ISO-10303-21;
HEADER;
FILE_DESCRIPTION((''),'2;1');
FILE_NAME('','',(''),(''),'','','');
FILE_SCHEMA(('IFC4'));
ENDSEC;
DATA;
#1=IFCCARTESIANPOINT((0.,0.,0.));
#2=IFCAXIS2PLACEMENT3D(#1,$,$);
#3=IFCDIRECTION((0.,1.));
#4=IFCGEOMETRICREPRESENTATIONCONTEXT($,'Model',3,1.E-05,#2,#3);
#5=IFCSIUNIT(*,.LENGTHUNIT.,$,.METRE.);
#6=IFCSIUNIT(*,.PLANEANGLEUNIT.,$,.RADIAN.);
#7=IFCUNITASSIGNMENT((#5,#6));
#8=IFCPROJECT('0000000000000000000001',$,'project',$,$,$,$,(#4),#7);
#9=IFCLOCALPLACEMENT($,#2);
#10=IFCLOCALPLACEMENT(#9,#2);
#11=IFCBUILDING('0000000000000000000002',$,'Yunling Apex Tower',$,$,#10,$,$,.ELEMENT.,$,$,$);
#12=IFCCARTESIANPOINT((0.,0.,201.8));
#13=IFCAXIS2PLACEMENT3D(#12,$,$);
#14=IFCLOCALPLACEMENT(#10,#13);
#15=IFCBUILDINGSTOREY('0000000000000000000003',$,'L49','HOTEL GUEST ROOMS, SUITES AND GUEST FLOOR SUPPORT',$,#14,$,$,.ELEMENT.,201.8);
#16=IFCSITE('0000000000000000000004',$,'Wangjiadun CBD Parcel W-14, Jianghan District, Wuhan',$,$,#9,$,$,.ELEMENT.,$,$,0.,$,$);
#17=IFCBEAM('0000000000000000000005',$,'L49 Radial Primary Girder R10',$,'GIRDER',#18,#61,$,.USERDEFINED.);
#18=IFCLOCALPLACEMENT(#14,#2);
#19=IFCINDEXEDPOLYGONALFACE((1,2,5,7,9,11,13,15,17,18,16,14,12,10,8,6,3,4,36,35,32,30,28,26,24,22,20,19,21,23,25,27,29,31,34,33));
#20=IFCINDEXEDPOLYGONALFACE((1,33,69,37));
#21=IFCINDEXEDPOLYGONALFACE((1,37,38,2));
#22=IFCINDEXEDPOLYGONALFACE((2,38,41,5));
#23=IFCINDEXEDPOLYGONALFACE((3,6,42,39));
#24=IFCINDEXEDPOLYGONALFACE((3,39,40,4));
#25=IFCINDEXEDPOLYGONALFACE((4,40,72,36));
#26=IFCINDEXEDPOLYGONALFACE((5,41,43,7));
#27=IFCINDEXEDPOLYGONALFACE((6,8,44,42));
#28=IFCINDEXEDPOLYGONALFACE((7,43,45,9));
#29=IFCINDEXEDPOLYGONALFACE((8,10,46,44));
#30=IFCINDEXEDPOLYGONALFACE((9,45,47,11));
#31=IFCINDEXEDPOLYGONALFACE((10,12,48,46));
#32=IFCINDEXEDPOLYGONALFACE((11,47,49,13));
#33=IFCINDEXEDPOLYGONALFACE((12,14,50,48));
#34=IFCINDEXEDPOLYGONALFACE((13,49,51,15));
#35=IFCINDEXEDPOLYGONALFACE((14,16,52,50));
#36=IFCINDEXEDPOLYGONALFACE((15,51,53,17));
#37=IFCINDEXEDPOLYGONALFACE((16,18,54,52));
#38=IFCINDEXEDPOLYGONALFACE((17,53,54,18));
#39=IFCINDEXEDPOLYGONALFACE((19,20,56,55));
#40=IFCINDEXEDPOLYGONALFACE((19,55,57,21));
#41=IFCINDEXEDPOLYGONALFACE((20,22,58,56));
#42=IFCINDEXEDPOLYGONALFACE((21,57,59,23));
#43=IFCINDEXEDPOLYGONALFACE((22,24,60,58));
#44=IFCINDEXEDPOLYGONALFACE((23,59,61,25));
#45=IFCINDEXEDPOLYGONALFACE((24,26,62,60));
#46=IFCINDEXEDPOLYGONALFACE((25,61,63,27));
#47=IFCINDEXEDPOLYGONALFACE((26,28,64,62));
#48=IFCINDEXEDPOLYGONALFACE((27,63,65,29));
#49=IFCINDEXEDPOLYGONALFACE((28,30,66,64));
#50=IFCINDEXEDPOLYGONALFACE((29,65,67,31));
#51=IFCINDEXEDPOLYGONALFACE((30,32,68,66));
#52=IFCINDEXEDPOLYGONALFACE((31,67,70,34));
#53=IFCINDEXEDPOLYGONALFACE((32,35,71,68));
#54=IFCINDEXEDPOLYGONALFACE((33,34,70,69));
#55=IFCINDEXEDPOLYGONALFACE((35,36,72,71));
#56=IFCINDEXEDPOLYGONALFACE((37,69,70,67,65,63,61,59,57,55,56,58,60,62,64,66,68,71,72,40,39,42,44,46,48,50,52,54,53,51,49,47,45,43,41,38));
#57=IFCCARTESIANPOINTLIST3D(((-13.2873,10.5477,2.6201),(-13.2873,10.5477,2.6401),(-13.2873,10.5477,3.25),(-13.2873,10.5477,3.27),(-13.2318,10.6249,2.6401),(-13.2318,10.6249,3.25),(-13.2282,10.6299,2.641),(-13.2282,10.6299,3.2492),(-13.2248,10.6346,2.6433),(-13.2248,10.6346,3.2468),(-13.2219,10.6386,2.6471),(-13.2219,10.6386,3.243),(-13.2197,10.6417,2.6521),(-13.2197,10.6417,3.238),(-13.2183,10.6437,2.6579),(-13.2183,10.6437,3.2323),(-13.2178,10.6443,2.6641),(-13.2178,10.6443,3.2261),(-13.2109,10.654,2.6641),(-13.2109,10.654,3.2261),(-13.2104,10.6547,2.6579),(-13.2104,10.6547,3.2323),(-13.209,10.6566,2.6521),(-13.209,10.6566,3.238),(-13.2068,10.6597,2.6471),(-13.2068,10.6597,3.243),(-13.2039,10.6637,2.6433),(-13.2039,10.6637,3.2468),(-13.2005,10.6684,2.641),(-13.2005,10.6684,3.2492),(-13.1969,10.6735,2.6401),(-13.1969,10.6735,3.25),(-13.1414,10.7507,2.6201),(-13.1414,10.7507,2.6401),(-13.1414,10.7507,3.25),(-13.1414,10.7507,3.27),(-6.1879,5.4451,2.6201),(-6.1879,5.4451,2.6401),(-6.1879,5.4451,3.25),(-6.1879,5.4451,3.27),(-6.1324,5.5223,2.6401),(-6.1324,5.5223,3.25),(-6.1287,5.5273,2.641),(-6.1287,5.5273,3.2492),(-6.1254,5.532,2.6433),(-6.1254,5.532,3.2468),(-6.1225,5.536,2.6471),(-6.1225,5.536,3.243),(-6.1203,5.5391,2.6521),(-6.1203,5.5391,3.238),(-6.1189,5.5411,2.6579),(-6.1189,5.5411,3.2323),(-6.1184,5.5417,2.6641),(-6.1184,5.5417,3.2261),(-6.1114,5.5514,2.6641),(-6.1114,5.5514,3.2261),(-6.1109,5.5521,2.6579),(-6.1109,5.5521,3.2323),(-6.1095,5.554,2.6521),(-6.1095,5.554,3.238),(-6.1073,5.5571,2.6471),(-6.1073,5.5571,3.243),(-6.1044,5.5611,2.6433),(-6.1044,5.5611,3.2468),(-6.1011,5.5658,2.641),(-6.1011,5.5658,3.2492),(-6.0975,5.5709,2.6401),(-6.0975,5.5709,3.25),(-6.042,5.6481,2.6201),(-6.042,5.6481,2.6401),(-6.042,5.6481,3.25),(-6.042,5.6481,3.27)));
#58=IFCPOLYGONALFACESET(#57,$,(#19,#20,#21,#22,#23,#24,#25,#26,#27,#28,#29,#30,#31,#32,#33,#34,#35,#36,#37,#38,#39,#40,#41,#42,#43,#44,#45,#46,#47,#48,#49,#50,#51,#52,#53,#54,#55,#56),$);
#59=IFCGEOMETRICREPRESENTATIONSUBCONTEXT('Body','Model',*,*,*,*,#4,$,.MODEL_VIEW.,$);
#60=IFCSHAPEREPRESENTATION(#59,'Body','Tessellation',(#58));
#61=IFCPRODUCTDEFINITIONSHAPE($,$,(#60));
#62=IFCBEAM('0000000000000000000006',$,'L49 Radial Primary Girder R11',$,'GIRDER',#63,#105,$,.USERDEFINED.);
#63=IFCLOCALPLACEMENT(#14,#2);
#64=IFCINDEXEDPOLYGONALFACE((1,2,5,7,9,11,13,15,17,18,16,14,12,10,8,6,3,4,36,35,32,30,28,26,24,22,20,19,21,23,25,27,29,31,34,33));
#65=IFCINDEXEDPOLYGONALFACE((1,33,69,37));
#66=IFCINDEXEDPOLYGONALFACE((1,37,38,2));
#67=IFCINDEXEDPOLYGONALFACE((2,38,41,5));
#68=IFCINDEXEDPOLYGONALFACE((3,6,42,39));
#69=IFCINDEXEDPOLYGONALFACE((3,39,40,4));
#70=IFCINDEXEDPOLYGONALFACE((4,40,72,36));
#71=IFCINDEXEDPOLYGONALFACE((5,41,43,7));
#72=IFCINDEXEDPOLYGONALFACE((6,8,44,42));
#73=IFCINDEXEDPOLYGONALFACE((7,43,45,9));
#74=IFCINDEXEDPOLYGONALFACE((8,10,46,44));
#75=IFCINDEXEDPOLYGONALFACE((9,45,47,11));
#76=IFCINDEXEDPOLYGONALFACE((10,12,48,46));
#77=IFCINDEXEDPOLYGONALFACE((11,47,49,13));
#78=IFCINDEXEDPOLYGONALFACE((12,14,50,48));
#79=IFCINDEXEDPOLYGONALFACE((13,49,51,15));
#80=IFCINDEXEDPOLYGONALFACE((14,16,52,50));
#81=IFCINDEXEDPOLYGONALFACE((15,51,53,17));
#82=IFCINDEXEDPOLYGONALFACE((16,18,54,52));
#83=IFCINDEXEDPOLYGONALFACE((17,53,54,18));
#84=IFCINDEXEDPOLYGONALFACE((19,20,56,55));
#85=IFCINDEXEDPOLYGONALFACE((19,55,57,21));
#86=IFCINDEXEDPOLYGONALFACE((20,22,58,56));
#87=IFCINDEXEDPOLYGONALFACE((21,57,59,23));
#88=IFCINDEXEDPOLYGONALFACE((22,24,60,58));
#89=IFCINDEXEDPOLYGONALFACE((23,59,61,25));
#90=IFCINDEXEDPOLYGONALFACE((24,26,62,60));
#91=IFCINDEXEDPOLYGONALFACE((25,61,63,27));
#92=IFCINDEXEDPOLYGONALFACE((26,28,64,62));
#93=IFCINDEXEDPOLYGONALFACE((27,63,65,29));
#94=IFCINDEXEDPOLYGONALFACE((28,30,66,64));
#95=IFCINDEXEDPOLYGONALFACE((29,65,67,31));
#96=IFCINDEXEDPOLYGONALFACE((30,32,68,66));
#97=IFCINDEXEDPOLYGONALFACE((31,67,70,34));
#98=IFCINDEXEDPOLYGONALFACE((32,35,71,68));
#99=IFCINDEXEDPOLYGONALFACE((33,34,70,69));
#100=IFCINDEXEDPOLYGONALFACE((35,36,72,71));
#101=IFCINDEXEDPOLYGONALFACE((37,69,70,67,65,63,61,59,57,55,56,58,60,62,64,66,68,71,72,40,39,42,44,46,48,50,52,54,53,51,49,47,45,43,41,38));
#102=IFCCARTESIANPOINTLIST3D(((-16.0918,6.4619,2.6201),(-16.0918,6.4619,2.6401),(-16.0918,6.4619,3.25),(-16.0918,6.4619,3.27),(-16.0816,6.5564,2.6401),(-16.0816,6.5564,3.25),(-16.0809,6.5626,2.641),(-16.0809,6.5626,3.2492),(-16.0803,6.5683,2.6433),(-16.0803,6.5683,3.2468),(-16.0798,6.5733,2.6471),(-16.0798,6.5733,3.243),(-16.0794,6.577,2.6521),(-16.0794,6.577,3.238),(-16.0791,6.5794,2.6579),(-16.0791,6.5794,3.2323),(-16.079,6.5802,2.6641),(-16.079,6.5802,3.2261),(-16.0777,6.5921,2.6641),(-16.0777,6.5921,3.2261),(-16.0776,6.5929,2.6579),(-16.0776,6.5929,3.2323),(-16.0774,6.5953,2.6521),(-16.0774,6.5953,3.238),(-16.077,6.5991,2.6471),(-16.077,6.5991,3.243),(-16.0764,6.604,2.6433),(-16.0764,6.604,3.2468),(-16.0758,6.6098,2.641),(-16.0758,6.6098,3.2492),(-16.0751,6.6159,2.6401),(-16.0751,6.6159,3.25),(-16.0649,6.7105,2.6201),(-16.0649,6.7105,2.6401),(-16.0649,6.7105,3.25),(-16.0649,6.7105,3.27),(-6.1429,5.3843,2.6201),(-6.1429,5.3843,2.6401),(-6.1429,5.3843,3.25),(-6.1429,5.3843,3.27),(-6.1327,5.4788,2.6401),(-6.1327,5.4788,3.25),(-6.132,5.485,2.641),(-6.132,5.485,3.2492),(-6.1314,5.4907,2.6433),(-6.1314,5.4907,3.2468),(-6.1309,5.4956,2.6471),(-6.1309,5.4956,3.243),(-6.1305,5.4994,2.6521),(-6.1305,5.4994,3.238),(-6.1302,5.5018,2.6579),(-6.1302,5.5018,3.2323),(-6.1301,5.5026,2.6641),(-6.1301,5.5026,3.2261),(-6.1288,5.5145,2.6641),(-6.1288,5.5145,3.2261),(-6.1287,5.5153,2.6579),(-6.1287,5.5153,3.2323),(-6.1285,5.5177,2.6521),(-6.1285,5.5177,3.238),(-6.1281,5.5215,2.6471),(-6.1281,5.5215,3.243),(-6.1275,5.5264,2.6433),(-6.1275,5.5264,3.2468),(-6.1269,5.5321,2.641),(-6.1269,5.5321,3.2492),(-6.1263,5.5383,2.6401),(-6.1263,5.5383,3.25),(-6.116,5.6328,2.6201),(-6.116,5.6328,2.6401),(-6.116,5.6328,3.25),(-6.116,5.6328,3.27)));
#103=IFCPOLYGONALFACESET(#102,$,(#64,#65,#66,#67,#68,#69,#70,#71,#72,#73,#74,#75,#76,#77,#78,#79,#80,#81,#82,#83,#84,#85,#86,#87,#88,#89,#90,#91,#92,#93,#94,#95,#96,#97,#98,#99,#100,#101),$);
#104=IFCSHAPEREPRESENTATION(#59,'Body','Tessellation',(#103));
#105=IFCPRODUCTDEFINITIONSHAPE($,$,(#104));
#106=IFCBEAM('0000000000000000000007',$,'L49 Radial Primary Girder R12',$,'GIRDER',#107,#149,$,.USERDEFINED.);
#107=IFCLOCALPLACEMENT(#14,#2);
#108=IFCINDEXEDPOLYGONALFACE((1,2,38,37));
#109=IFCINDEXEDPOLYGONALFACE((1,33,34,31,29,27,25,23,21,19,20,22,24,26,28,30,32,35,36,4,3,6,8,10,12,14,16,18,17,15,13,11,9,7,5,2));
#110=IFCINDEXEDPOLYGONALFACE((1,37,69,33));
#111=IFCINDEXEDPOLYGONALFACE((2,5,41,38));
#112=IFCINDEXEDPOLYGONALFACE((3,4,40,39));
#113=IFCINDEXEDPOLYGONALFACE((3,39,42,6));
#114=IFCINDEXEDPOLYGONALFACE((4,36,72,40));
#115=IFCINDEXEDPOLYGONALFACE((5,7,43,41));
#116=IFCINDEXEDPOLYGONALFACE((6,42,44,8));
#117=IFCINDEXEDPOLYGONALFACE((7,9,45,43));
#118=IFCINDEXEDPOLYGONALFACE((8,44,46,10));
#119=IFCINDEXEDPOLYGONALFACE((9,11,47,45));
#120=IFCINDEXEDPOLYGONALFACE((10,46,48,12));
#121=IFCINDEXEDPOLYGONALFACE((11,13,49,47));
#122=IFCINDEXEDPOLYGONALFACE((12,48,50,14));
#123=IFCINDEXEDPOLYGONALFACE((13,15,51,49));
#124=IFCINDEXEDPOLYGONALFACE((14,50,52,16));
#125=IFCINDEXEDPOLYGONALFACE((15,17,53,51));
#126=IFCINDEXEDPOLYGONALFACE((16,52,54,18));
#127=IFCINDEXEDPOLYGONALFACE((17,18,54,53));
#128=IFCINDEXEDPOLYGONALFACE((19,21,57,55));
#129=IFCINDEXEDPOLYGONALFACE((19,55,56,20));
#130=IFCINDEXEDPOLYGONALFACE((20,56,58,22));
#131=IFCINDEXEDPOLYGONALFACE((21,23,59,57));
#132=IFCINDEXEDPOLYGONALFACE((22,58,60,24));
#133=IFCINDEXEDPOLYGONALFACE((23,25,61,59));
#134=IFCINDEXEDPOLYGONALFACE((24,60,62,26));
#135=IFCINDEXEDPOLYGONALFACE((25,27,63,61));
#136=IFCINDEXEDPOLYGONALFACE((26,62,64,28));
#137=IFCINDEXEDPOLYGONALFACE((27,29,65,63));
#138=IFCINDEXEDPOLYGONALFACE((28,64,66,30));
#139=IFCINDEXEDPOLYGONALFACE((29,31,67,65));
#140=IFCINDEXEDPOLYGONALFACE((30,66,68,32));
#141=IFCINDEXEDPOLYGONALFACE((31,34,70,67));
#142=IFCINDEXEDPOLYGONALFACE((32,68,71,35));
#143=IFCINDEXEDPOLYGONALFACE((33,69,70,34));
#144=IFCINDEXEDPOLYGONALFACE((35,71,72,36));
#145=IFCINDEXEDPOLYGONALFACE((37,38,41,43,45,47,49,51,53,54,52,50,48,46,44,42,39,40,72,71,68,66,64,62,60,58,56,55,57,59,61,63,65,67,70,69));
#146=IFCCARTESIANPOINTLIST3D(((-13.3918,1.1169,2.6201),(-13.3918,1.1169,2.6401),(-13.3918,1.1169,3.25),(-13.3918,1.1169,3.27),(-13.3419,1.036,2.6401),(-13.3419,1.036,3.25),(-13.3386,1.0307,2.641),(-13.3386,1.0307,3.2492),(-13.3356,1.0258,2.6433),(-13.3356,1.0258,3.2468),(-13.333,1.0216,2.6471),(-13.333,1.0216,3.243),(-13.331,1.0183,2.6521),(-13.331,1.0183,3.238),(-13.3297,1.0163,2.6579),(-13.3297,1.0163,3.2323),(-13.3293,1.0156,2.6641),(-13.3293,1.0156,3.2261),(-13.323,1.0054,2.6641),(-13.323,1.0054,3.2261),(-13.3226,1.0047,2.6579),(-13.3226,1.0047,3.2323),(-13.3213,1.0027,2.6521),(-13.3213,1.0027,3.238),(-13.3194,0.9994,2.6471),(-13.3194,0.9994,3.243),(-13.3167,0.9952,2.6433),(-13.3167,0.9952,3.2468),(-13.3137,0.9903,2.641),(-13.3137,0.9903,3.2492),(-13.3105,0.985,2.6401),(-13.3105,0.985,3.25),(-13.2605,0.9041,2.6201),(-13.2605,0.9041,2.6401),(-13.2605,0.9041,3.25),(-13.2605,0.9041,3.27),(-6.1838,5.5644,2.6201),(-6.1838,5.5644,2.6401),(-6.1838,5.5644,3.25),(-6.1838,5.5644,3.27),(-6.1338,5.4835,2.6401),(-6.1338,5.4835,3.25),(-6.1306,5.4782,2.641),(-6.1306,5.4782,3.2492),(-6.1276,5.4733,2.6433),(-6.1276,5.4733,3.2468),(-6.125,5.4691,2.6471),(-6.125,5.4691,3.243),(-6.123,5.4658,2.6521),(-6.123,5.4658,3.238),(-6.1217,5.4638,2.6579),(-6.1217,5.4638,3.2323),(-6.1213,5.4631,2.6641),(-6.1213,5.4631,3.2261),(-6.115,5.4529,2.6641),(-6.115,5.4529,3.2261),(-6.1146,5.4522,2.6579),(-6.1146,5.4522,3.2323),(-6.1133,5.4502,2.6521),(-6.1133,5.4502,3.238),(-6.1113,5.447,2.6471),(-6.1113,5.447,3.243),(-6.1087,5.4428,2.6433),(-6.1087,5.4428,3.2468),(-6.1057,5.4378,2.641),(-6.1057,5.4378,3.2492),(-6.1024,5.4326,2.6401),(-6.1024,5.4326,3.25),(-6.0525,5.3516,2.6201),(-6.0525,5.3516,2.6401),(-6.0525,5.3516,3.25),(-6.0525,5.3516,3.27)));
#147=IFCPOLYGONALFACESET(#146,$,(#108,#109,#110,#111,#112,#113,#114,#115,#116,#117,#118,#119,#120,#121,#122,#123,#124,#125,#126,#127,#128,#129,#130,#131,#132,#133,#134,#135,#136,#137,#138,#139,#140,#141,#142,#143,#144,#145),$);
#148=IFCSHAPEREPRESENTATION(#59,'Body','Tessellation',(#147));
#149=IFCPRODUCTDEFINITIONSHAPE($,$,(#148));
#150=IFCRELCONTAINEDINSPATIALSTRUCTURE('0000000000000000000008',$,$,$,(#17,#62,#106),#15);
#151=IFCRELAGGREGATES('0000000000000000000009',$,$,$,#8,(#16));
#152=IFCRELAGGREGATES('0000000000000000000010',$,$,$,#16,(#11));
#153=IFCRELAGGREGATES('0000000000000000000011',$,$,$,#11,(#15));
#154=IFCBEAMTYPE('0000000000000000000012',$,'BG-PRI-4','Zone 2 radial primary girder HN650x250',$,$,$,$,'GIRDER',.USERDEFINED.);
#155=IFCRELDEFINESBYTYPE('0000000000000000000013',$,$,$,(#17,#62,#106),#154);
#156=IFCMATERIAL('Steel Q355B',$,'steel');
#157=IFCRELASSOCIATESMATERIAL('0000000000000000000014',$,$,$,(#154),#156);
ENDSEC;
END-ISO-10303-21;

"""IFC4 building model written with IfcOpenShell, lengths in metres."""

from ifc_helpers import new_model, si_unit, direction, frame, origin, origin_2d, place, context, subcontext, project, spatial, i_section, extrude, source, transform, mapped, material, material_profile, profile_set, type_object, element, save


model = new_model("IFC4")

# Units and contexts
model_context = context("Model", 3, precision=1e-05, world=origin(), true_north=direction((0.0, 1.0)))
body_context = subcontext(model_context, "Body", "Model", "MODEL_VIEW")
ifc_project = project(units=[si_unit("LENGTHUNIT", "METRE"), si_unit("PLANEANGLEUNIT", "RADIAN")], contexts=[model_context])

# Site, building, storey
site_placement = place(None, origin())
site = spatial("IfcSite", under=ifc_project, at=site_placement, Name="Wangjiadun CBD Parcel W-14, Jianghan District, Wuhan", CompositionType="ELEMENT", RefElevation=0.0)
building_placement = place(site_placement, origin())
building = spatial("IfcBuilding", under=site, at=building_placement, Name="Yunling Apex Tower", CompositionType="ELEMENT")
storey_placement = place(building_placement, frame((0.0, 0.0, 201.8)))
storey = spatial("IfcBuildingStorey", under=building, at=storey_placement, Name="L49", Description="HOTEL GUEST ROOMS, SUITES AND GUEST FLOOR SUPPORT", CompositionType="ELEMENT", Elevation=201.8)

# Beams
ifc_material_1 = material(Name="Steel Q355B", Category="steel")
ifc_material_profile_1 = material_profile(ifc_material_1, i_section(OverallWidth=0.25, OverallDepth=0.6499, WebThickness=0.012, FlangeThickness=0.02, FilletRadius=0.0239, at=origin_2d()))
ifc_profile_set_1 = profile_set([ifc_material_profile_1], Name="Steel Q355B")
beam_type_1 = type_object("IfcBeamType", Name="BG-PRI-4", Description="Zone 2 radial primary girder HN650x250", ElementType="GIRDER", PredefinedType="USERDEFINED", material=ifc_profile_set_1)
shared_shape_1 = source(origin(), body_context, "Body", "SweptSolid", [
    extrude(i_section(OverallWidth=0.25, OverallDepth=0.6499, WebThickness=0.012, FlangeThickness=0.02, FilletRadius=0.0239, at=origin_2d()), origin(), (0.0, 0.0, 1.0), 8.7429),
])
beam_1_placement = place(storey_placement, frame((-13.2144, 10.6492, 2.9451), z_axis=(0.812022, -0.583626, 0.0), x_axis=(0.583626, 0.812022, 0.0)))
element("IfcBeam", 1, at=beam_1_placement, inside=storey, type_object=beam_type_1, Name="L49 Radial Primary Girder R10", ObjectType="GIRDER", PredefinedType="USERDEFINED", context=body_context, shape_type="MappedRepresentation", body=[
    mapped(shared_shape_1, transform((0.0, 0.0, 0.0), scale=1.0)),
])
shared_shape_2 = source(origin(), body_context, "Body", "SweptSolid", [
    extrude(i_section(OverallWidth=0.25, OverallDepth=0.6499, WebThickness=0.012, FlangeThickness=0.02, FilletRadius=0.0239, at=origin_2d()), origin(), (0.0, 0.0, 1.0), 10.0071),
])
beam_2_placement = place(storey_placement, frame((-16.0784, 6.5862, 2.9451), z_axis=(0.994185, -0.107686, 0.0), x_axis=(0.107686, 0.994185, 0.0)))
element("IfcBeam", 2, at=beam_2_placement, inside=storey, type_object=beam_type_1, Name="L49 Radial Primary Girder R11", ObjectType="GIRDER", PredefinedType="USERDEFINED", context=body_context, shape_type="MappedRepresentation", body=[
    mapped(shared_shape_2, transform((0.0, 0.0, 0.0), scale=1.0)),
])
shared_shape_3 = source(origin(), body_context, "Body", "SweptSolid", [
    extrude(i_section(OverallWidth=0.25, OverallDepth=0.6499, WebThickness=0.012, FlangeThickness=0.02, FilletRadius=0.0239, at=origin_2d()), origin(), (0.0, 0.0, 1.0), 8.4697),
])
beam_3_placement = place(storey_placement, frame((-13.3262, 1.0105, 2.9451), z_axis=(0.851035, 0.525109, 0.0), x_axis=(-0.525109, 0.851035, 0.0)))
element("IfcBeam", 3, at=beam_3_placement, inside=storey, type_object=beam_type_1, Name="L49 Radial Primary Girder R12", ObjectType="GIRDER", PredefinedType="USERDEFINED", context=body_context, shape_type="MappedRepresentation", body=[
    mapped(shared_shape_3, transform((0.0, 0.0, 0.0), scale=1.0)),
])

save(model, "model.ifc")
